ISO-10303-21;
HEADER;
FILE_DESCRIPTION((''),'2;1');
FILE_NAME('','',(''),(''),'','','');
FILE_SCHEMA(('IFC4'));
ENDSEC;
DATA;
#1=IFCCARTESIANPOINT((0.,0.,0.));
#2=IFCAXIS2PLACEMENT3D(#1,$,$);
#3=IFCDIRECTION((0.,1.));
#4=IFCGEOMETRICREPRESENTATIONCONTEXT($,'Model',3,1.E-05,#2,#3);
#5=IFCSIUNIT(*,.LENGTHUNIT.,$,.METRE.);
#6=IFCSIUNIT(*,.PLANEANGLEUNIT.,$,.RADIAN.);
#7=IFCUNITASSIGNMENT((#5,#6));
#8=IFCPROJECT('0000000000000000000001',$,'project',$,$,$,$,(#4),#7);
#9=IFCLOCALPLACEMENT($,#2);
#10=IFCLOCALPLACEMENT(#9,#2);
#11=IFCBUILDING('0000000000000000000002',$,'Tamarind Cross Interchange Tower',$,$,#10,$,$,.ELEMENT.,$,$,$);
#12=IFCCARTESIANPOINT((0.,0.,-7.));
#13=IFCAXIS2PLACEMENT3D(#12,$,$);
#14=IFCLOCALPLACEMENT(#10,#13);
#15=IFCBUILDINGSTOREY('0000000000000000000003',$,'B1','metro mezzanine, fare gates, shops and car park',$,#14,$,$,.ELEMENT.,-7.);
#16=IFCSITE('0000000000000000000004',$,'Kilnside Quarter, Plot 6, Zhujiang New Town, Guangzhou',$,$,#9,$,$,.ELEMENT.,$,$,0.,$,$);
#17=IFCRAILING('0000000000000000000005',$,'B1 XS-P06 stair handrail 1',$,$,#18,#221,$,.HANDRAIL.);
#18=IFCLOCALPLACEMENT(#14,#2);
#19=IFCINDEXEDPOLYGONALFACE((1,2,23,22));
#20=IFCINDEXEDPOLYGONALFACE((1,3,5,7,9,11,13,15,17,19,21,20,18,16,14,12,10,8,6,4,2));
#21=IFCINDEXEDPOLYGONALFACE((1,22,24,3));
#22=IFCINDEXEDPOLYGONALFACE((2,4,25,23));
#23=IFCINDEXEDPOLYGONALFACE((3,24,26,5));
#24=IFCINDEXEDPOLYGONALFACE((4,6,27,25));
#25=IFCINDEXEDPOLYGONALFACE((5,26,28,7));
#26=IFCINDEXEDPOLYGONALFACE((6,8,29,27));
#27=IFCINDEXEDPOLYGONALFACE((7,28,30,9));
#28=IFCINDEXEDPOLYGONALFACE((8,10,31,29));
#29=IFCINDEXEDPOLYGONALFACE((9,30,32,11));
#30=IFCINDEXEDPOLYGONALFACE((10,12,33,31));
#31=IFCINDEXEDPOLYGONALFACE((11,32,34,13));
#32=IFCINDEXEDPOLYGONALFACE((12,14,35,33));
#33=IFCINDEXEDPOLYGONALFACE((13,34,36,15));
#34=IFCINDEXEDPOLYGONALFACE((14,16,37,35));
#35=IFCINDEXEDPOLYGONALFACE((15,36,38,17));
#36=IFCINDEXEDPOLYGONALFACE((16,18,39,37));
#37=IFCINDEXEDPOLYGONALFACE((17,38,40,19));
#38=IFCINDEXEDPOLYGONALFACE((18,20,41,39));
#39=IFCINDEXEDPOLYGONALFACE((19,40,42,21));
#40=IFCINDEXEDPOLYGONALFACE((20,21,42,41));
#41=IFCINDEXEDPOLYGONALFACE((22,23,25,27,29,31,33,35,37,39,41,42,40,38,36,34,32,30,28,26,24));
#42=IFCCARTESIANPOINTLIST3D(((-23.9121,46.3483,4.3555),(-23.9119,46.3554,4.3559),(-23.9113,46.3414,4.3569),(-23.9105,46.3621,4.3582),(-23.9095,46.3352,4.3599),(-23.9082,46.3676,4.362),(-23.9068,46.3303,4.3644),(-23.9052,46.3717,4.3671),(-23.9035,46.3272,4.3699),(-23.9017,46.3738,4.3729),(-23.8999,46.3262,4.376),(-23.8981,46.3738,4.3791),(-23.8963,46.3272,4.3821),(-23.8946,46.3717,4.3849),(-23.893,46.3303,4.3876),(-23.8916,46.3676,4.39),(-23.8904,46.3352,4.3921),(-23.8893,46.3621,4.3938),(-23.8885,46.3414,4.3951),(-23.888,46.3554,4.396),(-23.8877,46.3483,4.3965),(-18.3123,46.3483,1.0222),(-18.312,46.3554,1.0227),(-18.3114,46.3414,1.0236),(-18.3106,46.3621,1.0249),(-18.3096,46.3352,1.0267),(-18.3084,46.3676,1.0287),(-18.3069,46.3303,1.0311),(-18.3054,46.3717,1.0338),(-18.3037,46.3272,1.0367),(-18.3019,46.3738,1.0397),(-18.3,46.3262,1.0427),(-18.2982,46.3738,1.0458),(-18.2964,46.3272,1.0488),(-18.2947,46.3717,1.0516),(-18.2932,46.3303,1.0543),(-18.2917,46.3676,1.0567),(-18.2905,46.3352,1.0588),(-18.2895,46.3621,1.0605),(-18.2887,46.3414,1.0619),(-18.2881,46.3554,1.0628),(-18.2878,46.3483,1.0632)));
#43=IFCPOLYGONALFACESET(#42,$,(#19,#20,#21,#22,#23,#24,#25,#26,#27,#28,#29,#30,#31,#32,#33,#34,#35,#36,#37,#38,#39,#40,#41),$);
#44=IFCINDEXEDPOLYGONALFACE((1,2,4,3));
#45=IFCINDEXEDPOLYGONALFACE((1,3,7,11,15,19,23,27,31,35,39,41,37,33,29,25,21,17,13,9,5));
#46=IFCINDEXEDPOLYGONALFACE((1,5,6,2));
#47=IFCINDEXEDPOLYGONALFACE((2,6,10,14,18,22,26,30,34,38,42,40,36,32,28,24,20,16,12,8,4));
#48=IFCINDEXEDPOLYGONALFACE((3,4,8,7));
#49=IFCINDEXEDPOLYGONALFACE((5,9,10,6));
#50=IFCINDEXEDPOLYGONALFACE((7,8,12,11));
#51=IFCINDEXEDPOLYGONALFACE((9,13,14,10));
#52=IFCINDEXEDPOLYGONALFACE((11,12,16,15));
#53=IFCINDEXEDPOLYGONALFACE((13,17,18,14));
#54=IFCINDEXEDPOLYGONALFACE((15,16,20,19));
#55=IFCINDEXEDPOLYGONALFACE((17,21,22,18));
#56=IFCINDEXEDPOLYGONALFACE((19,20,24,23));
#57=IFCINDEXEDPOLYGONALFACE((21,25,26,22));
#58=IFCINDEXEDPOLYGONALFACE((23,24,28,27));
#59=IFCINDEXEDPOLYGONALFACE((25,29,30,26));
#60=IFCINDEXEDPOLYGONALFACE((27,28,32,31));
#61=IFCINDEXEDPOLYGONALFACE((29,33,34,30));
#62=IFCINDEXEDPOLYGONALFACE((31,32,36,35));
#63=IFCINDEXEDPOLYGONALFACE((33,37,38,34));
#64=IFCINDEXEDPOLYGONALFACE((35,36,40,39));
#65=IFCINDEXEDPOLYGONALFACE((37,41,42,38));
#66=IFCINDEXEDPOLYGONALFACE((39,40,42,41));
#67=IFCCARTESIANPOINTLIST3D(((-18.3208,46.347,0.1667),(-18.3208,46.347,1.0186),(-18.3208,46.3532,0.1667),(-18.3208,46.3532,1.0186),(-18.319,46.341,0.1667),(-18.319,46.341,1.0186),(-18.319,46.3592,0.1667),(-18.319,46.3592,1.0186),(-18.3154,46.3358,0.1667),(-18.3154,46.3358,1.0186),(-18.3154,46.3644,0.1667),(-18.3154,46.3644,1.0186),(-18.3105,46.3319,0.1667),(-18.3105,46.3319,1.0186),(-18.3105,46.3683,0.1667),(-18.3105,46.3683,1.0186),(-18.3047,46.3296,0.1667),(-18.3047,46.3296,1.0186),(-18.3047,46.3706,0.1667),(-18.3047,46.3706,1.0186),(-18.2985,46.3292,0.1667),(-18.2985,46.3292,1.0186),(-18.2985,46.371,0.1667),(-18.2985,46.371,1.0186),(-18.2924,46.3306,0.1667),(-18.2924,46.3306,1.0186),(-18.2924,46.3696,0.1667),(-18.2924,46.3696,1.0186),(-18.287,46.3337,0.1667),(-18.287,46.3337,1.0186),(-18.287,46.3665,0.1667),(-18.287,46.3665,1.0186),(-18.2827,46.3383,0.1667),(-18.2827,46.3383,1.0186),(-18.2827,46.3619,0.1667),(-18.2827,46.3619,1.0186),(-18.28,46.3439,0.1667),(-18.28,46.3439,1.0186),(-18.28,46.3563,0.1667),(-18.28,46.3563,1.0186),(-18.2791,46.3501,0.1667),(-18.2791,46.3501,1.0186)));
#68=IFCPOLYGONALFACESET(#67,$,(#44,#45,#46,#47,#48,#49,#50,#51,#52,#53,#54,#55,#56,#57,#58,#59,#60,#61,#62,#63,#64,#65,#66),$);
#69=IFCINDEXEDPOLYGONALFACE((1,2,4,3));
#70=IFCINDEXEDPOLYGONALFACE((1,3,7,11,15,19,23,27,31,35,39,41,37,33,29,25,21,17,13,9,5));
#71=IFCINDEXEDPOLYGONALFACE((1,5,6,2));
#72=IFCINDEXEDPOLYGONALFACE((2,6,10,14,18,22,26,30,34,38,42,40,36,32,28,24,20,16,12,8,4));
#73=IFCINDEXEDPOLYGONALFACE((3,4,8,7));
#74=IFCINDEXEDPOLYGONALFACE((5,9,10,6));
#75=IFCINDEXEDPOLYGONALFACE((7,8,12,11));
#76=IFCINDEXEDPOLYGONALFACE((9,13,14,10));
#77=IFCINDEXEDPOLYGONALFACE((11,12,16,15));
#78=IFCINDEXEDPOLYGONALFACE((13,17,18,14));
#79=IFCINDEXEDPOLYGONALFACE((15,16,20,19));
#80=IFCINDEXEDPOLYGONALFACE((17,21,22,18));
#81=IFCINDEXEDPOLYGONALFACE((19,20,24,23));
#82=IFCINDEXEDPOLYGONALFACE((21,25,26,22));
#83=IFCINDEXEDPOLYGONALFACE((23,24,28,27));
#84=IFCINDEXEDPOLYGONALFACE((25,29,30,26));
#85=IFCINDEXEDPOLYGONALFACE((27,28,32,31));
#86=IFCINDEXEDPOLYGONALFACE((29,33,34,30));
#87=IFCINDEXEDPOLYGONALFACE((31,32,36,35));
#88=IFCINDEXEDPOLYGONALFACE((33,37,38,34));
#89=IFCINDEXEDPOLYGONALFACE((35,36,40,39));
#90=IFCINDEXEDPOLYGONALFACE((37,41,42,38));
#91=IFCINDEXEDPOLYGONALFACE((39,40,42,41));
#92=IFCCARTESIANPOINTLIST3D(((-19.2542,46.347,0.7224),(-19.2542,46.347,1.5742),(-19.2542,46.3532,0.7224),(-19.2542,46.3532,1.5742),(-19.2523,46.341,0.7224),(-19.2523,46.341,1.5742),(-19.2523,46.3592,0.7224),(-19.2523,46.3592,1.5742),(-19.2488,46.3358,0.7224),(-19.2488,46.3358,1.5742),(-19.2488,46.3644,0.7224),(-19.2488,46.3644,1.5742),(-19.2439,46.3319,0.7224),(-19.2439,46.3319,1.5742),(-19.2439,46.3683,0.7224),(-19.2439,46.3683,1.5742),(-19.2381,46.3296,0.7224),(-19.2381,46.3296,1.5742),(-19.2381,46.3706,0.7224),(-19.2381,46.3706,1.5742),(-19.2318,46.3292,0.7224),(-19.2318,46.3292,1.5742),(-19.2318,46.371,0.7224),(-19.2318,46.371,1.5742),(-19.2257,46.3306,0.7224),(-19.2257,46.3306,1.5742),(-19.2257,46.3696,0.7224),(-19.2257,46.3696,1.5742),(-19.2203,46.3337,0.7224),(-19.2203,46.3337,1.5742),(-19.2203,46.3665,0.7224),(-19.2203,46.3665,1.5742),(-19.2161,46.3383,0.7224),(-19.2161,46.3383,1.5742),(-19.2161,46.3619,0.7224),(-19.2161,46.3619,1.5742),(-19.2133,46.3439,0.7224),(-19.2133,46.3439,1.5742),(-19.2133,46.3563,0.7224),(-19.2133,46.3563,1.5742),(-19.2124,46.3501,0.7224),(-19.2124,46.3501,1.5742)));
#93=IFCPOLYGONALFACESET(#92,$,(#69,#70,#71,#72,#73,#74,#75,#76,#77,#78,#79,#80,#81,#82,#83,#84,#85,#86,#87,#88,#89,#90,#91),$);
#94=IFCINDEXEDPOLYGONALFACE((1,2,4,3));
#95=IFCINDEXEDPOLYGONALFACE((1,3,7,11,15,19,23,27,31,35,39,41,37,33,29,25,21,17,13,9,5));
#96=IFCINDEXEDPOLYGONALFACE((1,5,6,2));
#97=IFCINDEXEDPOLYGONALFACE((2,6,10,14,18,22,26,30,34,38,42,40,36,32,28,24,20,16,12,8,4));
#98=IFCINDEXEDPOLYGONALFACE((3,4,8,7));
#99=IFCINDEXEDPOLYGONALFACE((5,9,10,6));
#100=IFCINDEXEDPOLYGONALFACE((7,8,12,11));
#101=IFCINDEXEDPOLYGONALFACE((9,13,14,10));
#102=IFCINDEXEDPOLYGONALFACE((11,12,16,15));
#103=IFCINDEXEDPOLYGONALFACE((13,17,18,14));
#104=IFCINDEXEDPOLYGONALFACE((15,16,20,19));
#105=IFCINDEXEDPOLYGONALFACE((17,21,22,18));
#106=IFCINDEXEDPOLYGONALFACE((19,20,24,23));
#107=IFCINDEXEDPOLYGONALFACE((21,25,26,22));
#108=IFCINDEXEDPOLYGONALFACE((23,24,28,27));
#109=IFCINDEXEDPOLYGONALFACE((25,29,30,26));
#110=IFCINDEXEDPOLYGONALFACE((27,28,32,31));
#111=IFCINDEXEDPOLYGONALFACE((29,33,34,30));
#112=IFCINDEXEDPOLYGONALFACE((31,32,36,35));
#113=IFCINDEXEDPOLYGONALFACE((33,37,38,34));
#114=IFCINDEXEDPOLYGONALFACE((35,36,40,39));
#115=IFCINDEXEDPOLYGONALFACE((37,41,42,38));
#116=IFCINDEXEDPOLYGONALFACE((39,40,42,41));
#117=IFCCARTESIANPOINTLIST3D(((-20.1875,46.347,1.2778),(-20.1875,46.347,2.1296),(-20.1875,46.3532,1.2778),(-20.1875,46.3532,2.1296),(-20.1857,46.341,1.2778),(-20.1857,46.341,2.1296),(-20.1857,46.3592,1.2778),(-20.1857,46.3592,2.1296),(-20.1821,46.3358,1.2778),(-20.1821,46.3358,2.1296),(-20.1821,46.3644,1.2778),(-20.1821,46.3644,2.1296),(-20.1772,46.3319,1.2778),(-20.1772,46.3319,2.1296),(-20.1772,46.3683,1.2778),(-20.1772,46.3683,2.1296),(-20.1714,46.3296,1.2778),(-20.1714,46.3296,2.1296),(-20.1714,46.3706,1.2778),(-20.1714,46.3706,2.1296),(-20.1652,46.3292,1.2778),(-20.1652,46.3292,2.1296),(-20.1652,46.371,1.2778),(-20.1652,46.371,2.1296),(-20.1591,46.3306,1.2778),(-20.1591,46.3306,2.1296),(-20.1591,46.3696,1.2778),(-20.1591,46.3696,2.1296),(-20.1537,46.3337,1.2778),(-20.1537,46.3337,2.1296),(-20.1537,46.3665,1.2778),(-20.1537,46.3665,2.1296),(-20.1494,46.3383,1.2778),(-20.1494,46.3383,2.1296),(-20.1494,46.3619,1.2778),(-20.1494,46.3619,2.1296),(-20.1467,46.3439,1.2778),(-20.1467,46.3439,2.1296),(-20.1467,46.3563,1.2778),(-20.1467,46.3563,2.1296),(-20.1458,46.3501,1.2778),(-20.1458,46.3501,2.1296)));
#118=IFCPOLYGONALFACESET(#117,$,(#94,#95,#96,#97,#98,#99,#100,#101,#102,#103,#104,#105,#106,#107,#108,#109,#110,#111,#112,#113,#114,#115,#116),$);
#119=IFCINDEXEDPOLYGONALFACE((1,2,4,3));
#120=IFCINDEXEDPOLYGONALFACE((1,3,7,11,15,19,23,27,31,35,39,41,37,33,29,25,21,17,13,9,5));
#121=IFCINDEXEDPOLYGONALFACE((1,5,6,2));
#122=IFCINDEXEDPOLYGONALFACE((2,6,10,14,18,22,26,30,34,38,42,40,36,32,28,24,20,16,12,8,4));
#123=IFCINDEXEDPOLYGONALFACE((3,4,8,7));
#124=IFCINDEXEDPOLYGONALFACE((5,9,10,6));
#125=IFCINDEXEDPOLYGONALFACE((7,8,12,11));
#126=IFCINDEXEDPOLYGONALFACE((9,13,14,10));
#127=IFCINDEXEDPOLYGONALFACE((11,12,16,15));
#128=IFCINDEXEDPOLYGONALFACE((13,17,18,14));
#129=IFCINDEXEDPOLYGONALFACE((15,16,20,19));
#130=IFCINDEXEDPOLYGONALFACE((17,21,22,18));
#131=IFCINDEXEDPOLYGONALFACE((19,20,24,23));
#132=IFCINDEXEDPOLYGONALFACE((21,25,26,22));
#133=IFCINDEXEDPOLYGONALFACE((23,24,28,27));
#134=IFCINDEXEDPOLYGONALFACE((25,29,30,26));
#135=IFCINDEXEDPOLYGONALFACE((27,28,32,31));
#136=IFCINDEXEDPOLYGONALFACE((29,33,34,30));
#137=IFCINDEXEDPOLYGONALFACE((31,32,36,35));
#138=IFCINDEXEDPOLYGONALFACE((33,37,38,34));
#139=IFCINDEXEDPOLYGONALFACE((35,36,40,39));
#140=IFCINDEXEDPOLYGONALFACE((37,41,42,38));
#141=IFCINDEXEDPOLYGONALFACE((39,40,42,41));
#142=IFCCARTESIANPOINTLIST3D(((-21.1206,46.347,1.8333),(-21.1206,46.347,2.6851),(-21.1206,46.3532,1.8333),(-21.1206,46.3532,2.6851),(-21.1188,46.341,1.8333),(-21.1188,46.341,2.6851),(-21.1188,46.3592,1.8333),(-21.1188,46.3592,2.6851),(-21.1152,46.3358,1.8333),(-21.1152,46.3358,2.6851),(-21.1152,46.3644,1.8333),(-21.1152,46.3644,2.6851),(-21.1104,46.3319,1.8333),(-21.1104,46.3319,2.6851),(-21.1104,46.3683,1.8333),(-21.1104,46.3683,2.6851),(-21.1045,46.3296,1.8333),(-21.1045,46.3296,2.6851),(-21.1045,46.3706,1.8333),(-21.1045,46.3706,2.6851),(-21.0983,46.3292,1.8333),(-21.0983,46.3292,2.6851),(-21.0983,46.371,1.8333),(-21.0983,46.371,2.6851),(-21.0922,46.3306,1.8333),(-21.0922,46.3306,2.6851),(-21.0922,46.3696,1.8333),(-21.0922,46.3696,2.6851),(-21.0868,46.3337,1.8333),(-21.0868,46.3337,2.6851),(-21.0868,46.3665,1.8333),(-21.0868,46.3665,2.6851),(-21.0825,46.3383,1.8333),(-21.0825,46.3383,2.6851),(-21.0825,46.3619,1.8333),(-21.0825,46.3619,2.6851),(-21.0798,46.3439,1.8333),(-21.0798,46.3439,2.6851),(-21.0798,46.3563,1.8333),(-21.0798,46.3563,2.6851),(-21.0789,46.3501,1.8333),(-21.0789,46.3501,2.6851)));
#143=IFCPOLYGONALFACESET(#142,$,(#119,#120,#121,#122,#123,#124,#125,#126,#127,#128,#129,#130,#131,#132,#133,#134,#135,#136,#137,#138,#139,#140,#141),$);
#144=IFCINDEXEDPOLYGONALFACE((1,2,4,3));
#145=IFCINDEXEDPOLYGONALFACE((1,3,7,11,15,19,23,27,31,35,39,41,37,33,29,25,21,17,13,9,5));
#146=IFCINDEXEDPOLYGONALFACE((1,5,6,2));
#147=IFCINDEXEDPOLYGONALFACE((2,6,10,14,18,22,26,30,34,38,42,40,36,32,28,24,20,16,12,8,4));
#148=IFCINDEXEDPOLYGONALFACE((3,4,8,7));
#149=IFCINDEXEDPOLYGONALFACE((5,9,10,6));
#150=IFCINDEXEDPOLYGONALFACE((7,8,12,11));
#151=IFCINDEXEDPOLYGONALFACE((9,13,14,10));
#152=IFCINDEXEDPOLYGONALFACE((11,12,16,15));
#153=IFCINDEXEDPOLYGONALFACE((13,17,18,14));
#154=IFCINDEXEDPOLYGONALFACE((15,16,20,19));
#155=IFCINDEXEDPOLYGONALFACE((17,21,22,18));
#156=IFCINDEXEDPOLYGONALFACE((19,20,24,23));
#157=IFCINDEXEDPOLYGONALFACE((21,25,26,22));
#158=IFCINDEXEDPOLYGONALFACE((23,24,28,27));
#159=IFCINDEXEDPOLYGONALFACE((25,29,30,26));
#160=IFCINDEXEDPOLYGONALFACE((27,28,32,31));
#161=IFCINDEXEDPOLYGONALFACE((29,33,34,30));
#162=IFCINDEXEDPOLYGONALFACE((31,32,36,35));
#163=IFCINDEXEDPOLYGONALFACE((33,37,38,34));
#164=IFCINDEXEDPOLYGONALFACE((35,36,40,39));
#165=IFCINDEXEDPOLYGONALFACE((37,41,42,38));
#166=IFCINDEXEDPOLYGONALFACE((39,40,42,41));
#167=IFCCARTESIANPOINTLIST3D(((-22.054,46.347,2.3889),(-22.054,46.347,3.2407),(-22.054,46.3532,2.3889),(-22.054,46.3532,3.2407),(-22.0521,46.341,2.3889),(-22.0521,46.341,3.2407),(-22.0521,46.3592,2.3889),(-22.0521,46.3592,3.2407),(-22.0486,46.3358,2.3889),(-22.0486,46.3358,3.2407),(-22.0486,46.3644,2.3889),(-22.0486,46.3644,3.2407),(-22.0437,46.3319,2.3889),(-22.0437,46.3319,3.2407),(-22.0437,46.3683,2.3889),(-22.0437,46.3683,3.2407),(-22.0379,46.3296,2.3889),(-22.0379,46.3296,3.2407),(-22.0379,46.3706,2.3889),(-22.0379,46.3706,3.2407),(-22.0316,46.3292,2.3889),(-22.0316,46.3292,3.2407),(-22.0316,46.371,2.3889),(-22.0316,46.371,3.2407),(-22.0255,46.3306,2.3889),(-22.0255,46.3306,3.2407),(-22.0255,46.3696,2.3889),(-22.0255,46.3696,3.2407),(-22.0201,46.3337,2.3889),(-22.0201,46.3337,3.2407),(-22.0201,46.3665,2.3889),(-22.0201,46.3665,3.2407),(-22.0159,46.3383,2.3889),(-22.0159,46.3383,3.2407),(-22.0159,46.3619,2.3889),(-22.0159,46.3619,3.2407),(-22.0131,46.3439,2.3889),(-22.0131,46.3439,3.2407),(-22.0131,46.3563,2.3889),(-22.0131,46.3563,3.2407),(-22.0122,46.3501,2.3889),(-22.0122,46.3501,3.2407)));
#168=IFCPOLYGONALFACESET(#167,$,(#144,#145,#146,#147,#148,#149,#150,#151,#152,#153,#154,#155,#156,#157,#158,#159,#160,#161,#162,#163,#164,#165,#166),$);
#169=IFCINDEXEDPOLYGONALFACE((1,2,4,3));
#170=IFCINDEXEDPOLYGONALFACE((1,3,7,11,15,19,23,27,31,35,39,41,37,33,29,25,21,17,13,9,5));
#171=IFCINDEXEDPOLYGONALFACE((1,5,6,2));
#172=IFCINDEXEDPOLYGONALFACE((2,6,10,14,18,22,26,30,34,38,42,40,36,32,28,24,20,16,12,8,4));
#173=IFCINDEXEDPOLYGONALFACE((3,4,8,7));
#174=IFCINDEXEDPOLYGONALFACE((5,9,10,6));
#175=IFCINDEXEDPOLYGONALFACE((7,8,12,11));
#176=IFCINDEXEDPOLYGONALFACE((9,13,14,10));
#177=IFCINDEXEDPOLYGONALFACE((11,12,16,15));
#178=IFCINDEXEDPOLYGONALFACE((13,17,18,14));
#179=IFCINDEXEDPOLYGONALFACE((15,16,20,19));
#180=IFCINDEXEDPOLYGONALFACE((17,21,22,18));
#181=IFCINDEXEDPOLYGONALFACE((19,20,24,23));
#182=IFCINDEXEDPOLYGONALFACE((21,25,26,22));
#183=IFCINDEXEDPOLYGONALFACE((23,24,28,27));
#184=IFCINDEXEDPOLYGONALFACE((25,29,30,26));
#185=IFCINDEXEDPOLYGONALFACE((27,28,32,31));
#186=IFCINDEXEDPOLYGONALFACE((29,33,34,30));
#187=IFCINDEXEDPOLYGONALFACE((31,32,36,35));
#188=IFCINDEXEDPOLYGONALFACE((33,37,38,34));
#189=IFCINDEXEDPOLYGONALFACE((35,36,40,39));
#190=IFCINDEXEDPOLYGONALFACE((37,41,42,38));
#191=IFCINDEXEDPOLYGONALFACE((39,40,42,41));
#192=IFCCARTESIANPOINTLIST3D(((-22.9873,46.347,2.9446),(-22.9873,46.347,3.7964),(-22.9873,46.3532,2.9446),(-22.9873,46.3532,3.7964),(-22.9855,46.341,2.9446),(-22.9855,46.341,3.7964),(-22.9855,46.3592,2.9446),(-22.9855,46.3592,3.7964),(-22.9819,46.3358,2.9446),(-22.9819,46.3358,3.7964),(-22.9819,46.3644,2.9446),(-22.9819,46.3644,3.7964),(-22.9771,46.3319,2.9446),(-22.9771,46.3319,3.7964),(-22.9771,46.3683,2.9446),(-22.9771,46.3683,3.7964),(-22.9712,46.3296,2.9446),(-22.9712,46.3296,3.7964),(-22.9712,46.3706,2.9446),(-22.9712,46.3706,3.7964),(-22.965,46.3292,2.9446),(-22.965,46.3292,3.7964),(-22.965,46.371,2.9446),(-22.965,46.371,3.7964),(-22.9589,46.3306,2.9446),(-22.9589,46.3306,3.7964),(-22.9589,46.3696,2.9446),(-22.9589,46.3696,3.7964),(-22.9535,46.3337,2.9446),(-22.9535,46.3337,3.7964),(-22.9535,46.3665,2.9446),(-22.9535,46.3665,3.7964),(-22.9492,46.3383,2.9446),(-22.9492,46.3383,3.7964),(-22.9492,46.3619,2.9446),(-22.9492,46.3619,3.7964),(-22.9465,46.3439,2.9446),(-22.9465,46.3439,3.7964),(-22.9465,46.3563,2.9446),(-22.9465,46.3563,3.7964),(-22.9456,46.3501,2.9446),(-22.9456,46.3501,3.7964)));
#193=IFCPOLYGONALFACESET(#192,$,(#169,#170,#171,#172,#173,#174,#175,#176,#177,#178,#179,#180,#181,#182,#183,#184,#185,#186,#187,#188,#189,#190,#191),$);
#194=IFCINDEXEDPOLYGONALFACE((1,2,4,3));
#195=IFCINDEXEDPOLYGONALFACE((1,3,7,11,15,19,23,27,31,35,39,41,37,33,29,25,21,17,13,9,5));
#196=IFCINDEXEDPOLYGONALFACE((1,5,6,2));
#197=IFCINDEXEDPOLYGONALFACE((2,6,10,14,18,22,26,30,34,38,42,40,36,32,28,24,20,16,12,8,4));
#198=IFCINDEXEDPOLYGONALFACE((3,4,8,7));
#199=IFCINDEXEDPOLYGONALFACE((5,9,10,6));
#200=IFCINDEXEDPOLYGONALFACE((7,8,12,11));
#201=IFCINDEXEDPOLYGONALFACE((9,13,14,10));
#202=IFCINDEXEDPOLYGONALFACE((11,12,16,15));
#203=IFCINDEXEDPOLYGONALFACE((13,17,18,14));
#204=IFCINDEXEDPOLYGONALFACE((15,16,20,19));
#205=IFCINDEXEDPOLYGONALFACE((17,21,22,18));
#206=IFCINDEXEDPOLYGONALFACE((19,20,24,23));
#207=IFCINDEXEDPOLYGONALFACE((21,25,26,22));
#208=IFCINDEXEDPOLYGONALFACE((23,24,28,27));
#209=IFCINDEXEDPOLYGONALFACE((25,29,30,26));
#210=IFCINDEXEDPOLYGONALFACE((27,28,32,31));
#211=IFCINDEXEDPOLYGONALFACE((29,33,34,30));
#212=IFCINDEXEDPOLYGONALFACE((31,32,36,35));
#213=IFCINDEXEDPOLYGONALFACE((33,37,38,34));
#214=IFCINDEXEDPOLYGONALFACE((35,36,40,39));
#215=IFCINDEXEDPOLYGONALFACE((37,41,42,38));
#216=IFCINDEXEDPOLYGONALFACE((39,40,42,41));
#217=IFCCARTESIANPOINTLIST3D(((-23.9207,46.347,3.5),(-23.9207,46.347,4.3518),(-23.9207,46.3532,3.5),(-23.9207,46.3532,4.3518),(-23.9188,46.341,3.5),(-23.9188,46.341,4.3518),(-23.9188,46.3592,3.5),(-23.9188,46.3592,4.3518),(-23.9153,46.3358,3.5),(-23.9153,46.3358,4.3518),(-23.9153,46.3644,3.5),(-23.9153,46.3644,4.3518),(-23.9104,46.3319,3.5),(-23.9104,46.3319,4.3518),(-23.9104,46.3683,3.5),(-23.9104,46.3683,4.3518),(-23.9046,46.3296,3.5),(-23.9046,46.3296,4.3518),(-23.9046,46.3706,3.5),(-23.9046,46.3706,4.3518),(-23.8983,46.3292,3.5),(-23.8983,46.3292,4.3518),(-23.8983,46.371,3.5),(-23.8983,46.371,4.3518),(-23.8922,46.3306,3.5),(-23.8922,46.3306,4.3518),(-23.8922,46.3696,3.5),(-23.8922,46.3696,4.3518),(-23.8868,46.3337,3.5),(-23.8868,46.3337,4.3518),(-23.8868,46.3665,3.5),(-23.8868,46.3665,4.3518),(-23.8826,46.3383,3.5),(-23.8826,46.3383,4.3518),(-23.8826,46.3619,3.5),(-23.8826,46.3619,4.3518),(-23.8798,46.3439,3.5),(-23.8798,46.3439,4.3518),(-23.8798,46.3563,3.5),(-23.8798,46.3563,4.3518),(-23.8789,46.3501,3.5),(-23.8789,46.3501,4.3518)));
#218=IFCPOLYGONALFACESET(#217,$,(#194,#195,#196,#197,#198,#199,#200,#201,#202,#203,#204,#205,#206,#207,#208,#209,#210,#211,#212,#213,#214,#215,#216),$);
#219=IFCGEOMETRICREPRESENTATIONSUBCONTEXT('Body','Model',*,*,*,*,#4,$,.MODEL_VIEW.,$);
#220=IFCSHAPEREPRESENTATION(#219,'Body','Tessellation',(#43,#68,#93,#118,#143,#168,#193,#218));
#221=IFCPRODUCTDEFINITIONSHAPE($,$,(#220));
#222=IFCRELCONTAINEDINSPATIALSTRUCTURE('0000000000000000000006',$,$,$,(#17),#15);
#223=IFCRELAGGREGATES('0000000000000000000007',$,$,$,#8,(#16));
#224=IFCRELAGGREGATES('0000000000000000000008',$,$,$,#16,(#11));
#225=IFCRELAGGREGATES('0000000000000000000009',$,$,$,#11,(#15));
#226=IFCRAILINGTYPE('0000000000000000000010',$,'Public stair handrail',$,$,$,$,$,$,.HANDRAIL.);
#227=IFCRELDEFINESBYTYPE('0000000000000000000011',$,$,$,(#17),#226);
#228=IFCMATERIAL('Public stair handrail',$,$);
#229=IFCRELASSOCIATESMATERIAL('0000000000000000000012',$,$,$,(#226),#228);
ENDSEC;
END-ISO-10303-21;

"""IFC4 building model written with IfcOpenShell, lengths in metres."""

from ifc_helpers import new_model, si_unit, direction, frame, origin, origin_2d, place, context, subcontext, project, spatial, circle, extrude, material, type_object, element, save


model = new_model("IFC4")

# Units and contexts
model_context = context("Model", 3, precision=1e-05, world=origin(), true_north=direction((0.0, 1.0)))
body_context = subcontext(model_context, "Body", "Model", "MODEL_VIEW")
ifc_project = project(units=[si_unit("LENGTHUNIT", "METRE"), si_unit("PLANEANGLEUNIT", "RADIAN")], contexts=[model_context])

# Site, building, storey
site_placement = place(None, origin())
site = spatial("IfcSite", under=ifc_project, at=site_placement, Name="Kilnside Quarter, Plot 6, Zhujiang New Town, Guangzhou", CompositionType="ELEMENT", RefElevation=0.0)
building_placement = place(site_placement, origin())
building = spatial("IfcBuilding", under=site, at=building_placement, Name="Tamarind Cross Interchange Tower", CompositionType="ELEMENT")
storey_placement = place(building_placement, frame((0.0, 0.0, -7.0)))
storey = spatial("IfcBuildingStorey", under=building, at=storey_placement, Name="B1", Description="metro mezzanine, fare gates, shops and car park", CompositionType="ELEMENT", Elevation=-7.0)

# Railing
ifc_material_1 = material(Name="Public stair handrail")
railing_type_1 = type_object("IfcRailingType", Name="Public stair handrail", PredefinedType="HANDRAIL", material=ifc_material_1)
railing_1_placement = place(storey_placement, frame((-18.3, 46.3501, 0.1667)))
element("IfcRailing", 1, at=railing_1_placement, inside=storey, type_object=railing_type_1, Name="B1 XS-P06 stair handrail 1", PredefinedType="HANDRAIL", context=body_context, shape_type="SweptSolid", body=[
    extrude(circle(Radius=0.0239, at=origin_2d()), frame((0.0, 0.0, 0.876), z_axis=(-0.859292, 0.0, 0.511485), x_axis=(0.0, -1.0, 0.0)), (0.0, 0.0, 1.0), 6.5168),
    extrude(circle(Radius=0.021, at=origin_2d()), origin(), (0.0, 0.0, 1.0), 0.8518),
    extrude(circle(Radius=0.021, at=origin_2d()), frame((-0.9333, 0.0, 0.5557)), (0.0, 0.0, 1.0), 0.8518),
    extrude(circle(Radius=0.021, at=origin_2d()), frame((-1.8667, 0.0, 1.1111)), (0.0, 0.0, 1.0), 0.8518),
    extrude(circle(Radius=0.021, at=origin_2d()), frame((-2.7998, 0.0, 1.6665)), (0.0, 0.0, 1.0), 0.8518),
    extrude(circle(Radius=0.021, at=origin_2d()), frame((-3.7332, 0.0, 2.2222)), (0.0, 0.0, 1.0), 0.8518),
    extrude(circle(Radius=0.021, at=origin_2d()), frame((-4.6665, 0.0, 2.7778)), (0.0, 0.0, 1.0), 0.8518),
    extrude(circle(Radius=0.021, at=origin_2d()), frame((-5.5999, 0.0, 3.3333)), (0.0, 0.0, 1.0), 0.8518),
])

save(model, "model.ifc")
